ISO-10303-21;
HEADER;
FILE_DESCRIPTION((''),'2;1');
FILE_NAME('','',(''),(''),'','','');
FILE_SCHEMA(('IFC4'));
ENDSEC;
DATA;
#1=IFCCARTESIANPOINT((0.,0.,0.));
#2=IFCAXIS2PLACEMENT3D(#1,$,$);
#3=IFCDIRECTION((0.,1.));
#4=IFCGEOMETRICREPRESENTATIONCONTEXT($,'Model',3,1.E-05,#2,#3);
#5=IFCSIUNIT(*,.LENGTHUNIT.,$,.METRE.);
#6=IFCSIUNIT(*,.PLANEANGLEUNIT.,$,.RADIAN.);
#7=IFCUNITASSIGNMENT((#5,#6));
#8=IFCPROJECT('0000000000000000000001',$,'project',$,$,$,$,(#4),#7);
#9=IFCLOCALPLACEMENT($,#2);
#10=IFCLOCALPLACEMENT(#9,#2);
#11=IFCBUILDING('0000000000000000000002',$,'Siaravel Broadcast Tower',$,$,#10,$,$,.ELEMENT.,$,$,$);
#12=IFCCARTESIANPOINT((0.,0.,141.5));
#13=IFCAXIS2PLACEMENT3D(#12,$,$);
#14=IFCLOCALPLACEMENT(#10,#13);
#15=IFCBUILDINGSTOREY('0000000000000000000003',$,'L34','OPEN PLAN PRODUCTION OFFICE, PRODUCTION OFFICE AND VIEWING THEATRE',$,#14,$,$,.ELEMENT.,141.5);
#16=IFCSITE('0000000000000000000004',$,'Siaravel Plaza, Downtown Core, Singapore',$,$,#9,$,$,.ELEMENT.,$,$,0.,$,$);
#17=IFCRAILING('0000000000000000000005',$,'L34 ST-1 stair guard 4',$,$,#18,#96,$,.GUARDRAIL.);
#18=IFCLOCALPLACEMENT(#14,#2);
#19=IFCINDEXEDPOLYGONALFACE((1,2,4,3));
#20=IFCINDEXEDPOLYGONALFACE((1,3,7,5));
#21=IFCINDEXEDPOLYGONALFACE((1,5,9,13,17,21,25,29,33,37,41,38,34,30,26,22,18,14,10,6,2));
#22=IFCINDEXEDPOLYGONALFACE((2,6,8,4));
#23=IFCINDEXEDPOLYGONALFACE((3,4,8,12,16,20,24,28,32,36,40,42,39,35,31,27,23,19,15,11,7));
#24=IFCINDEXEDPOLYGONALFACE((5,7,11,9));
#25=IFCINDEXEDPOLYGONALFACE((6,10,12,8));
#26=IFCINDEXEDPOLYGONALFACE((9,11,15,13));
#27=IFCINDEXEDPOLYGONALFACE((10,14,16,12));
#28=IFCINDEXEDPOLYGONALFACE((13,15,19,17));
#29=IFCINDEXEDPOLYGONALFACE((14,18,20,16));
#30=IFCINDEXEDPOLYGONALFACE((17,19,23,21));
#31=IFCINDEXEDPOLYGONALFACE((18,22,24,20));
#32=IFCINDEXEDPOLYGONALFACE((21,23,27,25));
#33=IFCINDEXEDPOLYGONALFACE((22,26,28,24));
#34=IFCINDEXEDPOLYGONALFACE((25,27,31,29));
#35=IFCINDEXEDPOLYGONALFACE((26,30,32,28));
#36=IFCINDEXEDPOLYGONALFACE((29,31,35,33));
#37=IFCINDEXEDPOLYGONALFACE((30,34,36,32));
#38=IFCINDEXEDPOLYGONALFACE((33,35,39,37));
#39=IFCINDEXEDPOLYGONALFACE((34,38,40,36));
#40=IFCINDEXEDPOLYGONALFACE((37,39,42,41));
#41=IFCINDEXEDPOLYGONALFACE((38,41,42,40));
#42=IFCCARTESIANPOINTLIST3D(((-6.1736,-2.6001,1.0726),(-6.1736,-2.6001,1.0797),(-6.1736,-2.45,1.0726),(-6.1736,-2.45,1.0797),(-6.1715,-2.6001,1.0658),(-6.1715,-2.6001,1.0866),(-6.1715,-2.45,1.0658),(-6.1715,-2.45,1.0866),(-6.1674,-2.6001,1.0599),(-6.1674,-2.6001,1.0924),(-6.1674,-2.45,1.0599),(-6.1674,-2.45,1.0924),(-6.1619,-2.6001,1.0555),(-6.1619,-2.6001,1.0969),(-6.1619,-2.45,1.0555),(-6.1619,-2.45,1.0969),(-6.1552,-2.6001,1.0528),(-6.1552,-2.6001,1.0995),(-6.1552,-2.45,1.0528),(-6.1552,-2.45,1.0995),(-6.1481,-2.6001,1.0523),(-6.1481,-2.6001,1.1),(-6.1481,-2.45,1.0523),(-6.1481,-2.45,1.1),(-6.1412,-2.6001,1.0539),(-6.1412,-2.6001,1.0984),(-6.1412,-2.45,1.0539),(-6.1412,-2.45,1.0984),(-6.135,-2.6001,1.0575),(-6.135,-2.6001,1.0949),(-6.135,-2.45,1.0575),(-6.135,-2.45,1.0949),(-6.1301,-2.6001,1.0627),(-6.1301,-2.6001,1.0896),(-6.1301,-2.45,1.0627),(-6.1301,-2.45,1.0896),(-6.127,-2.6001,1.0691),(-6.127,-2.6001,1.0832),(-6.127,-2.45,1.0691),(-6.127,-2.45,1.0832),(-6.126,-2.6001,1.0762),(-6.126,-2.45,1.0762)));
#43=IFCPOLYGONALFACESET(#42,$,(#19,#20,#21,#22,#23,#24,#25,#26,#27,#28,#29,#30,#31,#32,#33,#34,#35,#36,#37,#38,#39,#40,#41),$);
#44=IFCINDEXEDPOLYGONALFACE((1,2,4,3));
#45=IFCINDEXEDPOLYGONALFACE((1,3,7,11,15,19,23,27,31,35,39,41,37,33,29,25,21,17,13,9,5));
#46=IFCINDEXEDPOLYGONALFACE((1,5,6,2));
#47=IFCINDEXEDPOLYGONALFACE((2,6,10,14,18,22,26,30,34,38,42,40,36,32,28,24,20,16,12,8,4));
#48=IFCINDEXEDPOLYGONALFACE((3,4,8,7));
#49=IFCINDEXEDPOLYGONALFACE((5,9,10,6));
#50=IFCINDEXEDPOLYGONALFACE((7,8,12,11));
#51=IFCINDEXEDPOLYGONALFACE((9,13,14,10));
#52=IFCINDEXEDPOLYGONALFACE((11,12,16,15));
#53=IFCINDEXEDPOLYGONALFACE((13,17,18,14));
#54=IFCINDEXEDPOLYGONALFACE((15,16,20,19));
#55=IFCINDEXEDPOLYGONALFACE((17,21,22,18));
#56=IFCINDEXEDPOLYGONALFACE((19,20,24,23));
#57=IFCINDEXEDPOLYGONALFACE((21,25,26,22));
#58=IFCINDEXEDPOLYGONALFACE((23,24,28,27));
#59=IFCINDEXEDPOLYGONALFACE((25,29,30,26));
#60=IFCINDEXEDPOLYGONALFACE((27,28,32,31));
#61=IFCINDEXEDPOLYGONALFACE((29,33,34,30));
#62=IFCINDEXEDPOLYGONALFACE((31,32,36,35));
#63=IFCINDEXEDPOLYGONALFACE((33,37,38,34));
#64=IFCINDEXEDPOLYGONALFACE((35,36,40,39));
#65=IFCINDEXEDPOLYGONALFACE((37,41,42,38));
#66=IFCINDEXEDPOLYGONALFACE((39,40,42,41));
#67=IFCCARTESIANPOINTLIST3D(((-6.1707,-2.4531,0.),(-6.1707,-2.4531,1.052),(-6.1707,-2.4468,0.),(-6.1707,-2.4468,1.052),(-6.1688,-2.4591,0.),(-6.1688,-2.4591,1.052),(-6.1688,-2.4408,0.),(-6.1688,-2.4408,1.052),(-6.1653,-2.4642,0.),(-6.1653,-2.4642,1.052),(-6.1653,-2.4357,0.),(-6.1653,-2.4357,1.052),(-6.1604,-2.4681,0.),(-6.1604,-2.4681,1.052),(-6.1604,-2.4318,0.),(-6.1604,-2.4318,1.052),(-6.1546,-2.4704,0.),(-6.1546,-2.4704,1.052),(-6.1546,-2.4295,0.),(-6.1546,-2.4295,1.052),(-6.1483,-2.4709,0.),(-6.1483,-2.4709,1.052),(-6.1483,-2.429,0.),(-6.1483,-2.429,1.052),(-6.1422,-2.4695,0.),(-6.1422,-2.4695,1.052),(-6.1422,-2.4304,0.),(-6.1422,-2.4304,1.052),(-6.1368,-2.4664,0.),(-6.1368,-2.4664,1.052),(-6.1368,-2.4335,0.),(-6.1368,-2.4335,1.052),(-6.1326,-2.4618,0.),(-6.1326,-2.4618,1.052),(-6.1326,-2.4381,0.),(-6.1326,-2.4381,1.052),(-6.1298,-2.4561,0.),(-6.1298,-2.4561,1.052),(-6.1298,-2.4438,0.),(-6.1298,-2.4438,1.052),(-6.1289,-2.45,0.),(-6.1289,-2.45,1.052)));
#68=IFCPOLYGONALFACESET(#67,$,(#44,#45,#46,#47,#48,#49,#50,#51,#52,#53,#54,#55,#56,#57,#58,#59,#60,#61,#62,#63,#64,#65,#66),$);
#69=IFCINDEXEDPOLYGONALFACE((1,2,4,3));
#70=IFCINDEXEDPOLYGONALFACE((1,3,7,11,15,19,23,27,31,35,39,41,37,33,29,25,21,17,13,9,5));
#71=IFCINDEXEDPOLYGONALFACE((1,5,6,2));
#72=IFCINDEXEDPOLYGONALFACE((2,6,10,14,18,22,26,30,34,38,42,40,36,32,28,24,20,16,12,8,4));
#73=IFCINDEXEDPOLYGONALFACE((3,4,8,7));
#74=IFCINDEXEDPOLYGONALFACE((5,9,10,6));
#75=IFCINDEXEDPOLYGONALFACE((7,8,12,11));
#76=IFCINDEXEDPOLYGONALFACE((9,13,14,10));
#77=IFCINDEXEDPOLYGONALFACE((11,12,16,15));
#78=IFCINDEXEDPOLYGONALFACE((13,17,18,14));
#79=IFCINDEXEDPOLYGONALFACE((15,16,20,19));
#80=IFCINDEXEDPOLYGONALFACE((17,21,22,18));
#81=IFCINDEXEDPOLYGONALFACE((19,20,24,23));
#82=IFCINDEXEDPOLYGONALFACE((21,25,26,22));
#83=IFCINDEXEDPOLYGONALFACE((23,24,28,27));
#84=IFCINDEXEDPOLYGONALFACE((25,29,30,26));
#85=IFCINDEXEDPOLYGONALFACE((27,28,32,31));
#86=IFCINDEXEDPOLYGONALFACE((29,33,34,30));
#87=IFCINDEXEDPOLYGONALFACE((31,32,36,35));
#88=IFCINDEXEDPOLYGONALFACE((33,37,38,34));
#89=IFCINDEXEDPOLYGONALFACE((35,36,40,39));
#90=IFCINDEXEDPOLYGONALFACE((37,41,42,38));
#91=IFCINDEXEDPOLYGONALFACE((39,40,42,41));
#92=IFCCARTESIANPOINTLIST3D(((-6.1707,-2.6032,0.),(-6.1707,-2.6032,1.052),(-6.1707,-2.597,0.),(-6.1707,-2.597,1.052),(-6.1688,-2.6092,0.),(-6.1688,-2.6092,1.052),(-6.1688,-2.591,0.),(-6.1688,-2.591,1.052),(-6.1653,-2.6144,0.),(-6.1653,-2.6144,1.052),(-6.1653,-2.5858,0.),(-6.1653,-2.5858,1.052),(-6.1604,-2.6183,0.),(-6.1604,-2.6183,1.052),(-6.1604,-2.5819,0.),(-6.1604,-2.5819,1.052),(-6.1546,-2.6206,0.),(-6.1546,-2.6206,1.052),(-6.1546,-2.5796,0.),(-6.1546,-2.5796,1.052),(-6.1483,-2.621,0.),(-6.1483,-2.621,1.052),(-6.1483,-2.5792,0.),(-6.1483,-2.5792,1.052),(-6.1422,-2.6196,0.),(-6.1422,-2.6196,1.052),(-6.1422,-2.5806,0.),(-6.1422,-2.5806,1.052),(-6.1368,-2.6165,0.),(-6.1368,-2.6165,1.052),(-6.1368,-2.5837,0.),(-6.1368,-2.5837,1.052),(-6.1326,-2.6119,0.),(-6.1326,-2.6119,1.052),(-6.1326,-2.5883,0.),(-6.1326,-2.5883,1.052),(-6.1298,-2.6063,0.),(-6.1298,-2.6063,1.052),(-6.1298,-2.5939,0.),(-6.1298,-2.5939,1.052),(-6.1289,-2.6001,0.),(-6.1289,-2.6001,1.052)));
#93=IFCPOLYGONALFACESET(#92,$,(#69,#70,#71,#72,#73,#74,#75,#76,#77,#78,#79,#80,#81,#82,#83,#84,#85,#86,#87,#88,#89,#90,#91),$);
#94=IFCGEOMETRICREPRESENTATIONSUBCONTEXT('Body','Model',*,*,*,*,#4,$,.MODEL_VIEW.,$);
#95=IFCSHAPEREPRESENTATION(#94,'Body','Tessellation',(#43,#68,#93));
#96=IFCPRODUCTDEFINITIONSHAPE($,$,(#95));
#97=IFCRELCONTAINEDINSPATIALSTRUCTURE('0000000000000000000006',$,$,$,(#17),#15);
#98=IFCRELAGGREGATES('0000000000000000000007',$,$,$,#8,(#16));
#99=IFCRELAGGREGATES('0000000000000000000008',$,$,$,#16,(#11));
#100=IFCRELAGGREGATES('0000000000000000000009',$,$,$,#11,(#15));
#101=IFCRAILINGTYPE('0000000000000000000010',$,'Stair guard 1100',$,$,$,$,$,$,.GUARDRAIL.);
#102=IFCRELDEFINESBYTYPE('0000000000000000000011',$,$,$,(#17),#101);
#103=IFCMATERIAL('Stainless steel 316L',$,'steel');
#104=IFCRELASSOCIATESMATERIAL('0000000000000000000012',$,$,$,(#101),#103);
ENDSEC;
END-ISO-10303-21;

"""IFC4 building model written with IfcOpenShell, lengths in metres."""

from ifc_helpers import new_model, si_unit, direction, frame, origin, origin_2d, place, context, subcontext, project, spatial, circle, extrude, material, type_object, element, save


model = new_model("IFC4")

# Units and contexts
model_context = context("Model", 3, precision=1e-05, world=origin(), true_north=direction((0.0, 1.0)))
body_context = subcontext(model_context, "Body", "Model", "MODEL_VIEW")
ifc_project = project(units=[si_unit("LENGTHUNIT", "METRE"), si_unit("PLANEANGLEUNIT", "RADIAN")], contexts=[model_context])

# Site, building, storey
site_placement = place(None, origin())
site = spatial("IfcSite", under=ifc_project, at=site_placement, Name="Siaravel Plaza, Downtown Core, Singapore", CompositionType="ELEMENT", RefElevation=0.0)
building_placement = place(site_placement, origin())
building = spatial("IfcBuilding", under=site, at=building_placement, Name="Siaravel Broadcast Tower", CompositionType="ELEMENT")
storey_placement = place(building_placement, frame((0.0, 0.0, 141.5)))
storey = spatial("IfcBuildingStorey", under=building, at=storey_placement, Name="L34", Description="OPEN PLAN PRODUCTION OFFICE, PRODUCTION OFFICE AND VIEWING THEATRE", CompositionType="ELEMENT", Elevation=141.5)

# Shared definitions
ifc_material_1 = material(Name="Stainless steel 316L", Category="steel")

# Railing
railing_type_1 = type_object("IfcRailingType", Name="Stair guard 1100", PredefinedType="GUARDRAIL", material=ifc_material_1)
railing_1_placement = place(storey_placement, frame((-6.1499, -2.45, 0.0)))
element("IfcRailing", 1, at=railing_1_placement, inside=storey, type_object=railing_type_1, Name="L34 ST-1 stair guard 4", PredefinedType="GUARDRAIL", context=body_context, shape_type="SweptSolid", body=[
    extrude(circle(Radius=0.0239, at=origin_2d()), frame((0.0, 0.0, 1.0762), z_axis=(0.0, -1.0, 0.0), x_axis=(1.0, 0.0, 0.0)), (0.0, 0.0, 1.0), 0.1501),
    extrude(circle(Radius=0.021, at=origin_2d()), origin(), (0.0, 0.0, 1.0), 1.052),
    extrude(circle(Radius=0.021, at=origin_2d()), frame((0.0, -0.1501, 0.0)), (0.0, 0.0, 1.0), 1.052),
])

save(model, "model.ifc")
